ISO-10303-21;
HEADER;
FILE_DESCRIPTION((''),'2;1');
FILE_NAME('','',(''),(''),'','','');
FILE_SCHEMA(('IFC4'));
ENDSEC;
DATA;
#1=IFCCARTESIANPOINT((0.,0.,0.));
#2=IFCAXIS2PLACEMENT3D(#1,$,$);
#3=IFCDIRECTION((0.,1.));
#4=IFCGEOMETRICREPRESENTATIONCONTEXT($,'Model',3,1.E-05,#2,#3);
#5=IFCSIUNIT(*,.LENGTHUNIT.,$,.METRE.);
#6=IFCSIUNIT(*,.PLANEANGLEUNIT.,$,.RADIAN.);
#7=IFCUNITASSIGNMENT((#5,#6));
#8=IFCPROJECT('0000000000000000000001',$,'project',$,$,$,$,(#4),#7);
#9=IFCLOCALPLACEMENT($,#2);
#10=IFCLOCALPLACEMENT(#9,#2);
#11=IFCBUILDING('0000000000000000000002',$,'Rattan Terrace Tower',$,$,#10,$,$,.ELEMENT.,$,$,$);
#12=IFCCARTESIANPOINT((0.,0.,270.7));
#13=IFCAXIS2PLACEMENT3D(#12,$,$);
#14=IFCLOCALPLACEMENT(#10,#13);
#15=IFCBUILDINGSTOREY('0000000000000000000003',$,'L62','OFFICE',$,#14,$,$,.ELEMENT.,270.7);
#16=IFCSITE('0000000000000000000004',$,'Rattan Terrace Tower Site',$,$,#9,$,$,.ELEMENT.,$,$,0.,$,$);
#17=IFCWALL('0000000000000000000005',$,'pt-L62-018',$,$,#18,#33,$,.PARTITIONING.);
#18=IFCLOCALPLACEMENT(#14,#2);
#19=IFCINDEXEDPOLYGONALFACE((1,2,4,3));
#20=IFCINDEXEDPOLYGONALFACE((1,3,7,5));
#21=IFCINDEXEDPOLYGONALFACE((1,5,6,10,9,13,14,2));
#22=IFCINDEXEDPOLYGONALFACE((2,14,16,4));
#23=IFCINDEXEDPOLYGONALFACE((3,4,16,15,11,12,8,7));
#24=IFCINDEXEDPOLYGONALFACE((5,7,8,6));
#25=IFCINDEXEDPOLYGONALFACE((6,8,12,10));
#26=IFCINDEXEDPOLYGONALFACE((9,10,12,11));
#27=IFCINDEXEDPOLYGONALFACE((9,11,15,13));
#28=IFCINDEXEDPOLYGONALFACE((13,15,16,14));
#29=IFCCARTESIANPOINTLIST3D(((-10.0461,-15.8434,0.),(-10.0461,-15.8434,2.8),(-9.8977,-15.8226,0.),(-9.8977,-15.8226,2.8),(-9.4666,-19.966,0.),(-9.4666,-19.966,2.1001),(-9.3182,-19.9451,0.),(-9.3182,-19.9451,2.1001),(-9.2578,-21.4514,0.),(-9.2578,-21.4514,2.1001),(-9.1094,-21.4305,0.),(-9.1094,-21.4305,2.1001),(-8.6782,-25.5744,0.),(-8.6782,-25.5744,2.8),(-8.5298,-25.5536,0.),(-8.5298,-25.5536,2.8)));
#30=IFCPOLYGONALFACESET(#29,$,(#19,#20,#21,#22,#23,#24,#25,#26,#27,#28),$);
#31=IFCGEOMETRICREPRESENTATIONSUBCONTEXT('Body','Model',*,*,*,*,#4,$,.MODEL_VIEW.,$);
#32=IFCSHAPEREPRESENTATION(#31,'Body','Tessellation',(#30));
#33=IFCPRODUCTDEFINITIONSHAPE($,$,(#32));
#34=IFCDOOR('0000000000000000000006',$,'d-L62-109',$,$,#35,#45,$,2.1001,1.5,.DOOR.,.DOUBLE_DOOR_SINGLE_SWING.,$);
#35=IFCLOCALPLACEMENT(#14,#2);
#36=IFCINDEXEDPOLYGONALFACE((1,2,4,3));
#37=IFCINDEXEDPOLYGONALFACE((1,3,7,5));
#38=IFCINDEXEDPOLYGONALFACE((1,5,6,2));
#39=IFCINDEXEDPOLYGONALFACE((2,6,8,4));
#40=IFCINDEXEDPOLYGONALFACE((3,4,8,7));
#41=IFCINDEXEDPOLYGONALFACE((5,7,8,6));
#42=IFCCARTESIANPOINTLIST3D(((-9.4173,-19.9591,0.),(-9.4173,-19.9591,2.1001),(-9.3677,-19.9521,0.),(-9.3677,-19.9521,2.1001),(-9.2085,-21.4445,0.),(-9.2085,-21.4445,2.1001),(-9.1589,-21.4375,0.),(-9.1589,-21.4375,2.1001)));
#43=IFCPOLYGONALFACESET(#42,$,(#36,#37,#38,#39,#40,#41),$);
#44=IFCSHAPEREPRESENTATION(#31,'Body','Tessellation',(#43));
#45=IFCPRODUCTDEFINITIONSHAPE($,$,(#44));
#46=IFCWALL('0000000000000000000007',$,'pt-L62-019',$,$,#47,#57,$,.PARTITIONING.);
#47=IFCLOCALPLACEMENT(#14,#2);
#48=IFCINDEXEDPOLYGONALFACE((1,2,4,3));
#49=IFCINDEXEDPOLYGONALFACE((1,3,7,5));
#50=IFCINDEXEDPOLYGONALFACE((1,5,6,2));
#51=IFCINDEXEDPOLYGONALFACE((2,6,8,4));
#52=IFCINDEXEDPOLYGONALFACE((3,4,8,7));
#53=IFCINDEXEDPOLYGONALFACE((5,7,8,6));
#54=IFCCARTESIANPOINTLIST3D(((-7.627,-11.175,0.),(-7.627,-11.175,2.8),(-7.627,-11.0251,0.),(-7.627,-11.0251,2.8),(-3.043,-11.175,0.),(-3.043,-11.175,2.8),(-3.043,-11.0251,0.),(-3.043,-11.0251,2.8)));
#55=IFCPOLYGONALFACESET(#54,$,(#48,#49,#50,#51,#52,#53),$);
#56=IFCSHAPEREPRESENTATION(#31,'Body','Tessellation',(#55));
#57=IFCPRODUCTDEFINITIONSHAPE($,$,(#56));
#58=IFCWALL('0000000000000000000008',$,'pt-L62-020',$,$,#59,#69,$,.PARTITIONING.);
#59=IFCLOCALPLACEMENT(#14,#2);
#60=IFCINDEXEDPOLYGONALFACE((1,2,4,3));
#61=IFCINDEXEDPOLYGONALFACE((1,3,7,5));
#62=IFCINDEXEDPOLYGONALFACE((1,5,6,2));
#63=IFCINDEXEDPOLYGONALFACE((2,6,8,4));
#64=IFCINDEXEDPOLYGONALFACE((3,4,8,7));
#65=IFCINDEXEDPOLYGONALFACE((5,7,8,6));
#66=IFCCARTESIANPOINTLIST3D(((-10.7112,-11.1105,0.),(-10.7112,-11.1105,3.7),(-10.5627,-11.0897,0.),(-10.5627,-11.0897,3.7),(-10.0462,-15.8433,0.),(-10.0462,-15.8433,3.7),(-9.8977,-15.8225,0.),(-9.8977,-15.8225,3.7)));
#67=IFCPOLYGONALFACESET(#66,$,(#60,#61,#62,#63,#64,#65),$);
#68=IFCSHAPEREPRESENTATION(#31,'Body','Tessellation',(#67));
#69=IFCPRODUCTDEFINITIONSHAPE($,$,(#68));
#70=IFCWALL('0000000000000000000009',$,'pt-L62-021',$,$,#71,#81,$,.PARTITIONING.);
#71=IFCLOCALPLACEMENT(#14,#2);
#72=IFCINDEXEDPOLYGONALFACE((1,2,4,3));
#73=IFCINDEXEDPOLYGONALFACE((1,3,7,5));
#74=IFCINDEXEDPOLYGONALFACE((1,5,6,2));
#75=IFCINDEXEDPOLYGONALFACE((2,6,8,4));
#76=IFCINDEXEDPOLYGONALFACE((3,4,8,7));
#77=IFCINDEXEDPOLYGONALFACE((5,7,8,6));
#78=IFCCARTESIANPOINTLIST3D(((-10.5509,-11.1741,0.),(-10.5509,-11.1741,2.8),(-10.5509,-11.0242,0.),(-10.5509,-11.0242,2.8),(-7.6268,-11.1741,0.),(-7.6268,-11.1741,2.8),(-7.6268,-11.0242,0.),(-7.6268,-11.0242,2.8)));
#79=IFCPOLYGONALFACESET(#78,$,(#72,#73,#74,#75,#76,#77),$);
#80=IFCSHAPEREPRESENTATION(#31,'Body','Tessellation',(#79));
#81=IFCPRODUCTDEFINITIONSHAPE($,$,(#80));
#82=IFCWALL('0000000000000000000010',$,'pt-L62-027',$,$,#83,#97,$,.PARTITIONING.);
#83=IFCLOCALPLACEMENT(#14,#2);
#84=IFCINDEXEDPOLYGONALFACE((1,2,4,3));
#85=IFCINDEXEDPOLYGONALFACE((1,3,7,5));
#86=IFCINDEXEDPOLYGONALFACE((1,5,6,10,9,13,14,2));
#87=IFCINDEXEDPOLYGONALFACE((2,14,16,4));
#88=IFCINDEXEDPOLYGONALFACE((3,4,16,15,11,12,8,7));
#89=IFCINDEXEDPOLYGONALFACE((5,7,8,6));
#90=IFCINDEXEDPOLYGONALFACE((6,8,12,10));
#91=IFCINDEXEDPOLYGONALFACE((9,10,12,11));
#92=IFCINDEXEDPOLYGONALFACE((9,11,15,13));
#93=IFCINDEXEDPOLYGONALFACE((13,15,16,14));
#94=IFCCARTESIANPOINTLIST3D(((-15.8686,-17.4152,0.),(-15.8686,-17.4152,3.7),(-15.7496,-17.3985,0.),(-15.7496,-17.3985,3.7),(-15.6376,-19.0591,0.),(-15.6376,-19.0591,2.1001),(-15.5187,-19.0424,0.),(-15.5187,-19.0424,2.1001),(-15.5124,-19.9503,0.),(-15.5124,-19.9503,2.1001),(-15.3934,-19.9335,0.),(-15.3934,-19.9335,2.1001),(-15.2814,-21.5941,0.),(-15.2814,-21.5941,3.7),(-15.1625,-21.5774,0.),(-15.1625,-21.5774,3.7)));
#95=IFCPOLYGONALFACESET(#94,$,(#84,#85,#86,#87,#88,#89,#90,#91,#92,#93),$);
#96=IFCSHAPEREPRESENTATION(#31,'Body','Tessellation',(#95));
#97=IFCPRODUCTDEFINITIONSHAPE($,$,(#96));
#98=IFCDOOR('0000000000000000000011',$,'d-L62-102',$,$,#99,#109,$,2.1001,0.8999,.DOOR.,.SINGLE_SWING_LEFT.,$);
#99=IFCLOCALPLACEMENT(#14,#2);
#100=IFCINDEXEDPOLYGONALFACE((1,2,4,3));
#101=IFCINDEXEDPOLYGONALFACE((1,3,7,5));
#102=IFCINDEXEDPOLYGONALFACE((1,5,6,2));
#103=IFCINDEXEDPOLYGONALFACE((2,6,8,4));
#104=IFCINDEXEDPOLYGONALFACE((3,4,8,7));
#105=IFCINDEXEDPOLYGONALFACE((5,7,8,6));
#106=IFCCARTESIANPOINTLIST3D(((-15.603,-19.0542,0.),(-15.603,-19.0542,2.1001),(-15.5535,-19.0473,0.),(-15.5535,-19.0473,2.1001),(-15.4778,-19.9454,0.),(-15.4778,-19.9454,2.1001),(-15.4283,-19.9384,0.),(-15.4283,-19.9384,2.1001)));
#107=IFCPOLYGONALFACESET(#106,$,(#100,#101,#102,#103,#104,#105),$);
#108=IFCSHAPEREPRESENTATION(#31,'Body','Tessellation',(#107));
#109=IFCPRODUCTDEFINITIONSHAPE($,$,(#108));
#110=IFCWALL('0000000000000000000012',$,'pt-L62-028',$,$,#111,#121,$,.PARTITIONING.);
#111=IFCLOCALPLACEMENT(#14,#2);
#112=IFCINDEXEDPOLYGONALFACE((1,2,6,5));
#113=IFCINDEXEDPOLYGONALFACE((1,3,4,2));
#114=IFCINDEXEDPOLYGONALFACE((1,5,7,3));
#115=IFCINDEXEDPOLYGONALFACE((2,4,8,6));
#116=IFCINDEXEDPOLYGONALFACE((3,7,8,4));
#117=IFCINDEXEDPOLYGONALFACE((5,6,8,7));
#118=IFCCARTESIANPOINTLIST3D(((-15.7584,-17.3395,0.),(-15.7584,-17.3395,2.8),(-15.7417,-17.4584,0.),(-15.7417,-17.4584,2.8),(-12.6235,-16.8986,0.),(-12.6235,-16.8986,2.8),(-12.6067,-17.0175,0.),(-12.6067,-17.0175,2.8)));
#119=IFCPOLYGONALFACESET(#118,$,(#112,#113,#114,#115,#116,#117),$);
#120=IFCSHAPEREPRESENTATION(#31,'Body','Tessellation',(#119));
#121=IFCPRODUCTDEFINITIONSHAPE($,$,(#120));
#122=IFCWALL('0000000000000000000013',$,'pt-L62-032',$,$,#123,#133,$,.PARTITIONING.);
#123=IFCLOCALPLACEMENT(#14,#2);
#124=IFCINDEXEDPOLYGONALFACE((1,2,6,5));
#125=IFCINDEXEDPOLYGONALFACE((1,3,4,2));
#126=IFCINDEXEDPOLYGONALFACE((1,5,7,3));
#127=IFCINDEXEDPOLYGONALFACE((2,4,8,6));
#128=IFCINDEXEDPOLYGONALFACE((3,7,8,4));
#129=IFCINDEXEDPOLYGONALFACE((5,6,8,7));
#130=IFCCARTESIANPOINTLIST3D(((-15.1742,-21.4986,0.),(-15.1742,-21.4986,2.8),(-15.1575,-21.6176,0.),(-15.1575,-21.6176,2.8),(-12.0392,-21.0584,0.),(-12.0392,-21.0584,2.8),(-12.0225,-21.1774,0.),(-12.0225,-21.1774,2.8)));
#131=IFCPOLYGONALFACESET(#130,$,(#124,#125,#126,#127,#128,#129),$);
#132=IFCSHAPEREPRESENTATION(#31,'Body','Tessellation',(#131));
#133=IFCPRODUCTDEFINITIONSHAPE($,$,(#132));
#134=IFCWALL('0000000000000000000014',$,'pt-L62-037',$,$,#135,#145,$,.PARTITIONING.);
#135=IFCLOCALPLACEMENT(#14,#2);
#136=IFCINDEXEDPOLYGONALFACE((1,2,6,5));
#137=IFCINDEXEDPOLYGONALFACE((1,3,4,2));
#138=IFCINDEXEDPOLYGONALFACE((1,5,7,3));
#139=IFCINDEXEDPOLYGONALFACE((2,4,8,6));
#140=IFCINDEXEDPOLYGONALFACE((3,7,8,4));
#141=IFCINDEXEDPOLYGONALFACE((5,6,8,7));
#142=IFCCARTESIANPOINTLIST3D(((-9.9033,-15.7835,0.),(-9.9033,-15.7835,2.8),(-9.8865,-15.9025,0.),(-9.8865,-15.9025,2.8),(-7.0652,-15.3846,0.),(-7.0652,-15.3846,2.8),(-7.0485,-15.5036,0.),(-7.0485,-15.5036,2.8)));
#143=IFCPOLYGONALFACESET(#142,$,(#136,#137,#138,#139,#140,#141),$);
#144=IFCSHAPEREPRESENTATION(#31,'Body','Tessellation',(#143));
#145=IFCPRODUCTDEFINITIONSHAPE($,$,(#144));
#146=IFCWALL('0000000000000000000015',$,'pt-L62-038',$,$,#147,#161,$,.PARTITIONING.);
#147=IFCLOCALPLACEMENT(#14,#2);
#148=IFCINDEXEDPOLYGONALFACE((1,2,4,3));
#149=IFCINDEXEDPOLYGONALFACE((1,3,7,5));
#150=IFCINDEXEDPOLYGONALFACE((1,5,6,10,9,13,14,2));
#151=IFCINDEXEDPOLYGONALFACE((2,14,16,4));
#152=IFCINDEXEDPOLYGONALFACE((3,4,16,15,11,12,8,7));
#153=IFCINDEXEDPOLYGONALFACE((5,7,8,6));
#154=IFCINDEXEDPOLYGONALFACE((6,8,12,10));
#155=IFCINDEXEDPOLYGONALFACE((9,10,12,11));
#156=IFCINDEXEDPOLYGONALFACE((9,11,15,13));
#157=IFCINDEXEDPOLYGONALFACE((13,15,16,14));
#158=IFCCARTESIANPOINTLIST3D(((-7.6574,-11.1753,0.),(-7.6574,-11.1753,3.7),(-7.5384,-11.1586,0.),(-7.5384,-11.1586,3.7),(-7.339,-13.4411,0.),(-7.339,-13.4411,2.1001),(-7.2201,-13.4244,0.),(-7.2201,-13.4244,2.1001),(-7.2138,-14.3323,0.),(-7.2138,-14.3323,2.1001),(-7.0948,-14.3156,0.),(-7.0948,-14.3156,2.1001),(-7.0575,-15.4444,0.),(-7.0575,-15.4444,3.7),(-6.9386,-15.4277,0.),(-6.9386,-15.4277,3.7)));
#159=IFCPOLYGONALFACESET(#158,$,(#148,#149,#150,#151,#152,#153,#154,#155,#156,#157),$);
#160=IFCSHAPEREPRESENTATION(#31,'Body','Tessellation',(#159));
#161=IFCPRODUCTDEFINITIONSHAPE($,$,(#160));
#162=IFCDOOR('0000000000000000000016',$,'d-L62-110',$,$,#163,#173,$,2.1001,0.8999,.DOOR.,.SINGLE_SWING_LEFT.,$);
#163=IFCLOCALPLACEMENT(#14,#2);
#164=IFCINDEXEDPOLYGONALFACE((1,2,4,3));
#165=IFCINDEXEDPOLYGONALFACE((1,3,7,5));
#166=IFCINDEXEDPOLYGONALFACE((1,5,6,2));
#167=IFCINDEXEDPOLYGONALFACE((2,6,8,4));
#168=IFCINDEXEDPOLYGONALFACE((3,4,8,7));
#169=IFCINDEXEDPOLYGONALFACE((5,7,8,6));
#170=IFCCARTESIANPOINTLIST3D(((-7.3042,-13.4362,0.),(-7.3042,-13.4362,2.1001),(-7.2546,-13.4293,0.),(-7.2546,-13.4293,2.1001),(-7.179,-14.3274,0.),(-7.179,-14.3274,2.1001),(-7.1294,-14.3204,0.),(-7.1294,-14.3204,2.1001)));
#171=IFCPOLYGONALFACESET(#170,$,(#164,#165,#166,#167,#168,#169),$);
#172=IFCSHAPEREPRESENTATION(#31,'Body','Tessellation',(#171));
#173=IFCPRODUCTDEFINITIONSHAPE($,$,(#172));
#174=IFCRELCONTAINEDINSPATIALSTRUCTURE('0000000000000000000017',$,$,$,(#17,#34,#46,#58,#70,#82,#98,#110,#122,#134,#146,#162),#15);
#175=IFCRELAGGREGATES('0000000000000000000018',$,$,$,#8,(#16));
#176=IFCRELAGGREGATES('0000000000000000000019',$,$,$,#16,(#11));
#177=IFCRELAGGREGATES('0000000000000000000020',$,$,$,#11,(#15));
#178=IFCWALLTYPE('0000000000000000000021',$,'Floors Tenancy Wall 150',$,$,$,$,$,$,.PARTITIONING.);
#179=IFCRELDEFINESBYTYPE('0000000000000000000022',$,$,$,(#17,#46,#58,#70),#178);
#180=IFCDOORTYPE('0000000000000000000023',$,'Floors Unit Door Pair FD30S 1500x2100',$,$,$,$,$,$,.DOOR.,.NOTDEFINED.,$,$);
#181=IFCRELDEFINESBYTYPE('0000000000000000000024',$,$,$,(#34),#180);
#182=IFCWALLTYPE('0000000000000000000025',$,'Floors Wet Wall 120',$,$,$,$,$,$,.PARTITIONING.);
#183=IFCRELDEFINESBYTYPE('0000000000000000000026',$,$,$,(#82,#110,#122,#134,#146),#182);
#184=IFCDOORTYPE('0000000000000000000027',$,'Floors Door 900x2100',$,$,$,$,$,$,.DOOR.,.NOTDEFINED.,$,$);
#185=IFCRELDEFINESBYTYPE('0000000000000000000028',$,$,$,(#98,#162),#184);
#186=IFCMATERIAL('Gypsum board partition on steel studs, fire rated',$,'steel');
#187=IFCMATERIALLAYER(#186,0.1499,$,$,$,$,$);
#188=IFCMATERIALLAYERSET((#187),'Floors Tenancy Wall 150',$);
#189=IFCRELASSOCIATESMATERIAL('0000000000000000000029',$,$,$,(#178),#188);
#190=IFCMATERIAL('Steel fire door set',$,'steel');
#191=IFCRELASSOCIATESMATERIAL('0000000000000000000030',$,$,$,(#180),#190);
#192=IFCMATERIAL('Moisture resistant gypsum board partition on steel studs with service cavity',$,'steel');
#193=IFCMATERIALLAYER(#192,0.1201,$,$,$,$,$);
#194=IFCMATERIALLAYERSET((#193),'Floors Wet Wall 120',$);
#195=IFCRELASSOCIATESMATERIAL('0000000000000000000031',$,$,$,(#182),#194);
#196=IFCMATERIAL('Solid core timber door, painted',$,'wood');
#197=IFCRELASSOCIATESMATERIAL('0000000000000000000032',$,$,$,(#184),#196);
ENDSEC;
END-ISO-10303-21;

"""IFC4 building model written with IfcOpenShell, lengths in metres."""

from ifc_helpers import new_model, si_unit, direction, frame, frame_2d, origin, place, context, subcontext, project, spatial, rectangle, extrude, material, layer, layer_set, type_object, element, fill, save


model = new_model("IFC4")

# Units and contexts
model_context = context("Model", 3, precision=1e-05, world=origin(), true_north=direction((0.0, 1.0)))
body_context = subcontext(model_context, "Body", "Model", "MODEL_VIEW")
ifc_project = project(units=[si_unit("LENGTHUNIT", "METRE"), si_unit("PLANEANGLEUNIT", "RADIAN")], contexts=[model_context])

# Site, building, storey
site_placement = place(None, origin())
site = spatial("IfcSite", under=ifc_project, at=site_placement, Name="Rattan Terrace Tower Site", CompositionType="ELEMENT", RefElevation=0.0)
building_placement = place(site_placement, origin())
building = spatial("IfcBuilding", under=site, at=building_placement, Name="Rattan Terrace Tower", CompositionType="ELEMENT")
storey_placement = place(building_placement, frame((0.0, 0.0, 270.7)))
storey = spatial("IfcBuildingStorey", under=building, at=storey_placement, Name="L62", Description="OFFICE", CompositionType="ELEMENT", Elevation=270.7)

# Shared definitions
ifc_material_1 = material(Name="Gypsum board partition on steel studs, fire rated", Category="steel")
ifc_layer_1 = layer(ifc_material_1, 0.1499)
ifc_layer_set_1 = layer_set([ifc_layer_1], Name="Floors Tenancy Wall 150")
wall_type_1 = type_object("IfcWallType", Name="Floors Tenancy Wall 150", PredefinedType="PARTITIONING", material=ifc_layer_set_1)

# Wall, opening, door
wall_1_placement = place(storey_placement, frame((-9.9719, -15.833, 0.0), z_axis=(0.0, 0.0, 1.0), x_axis=(0.139205, -0.990264, 0.0)))
wall_1 = element("IfcWall", 1, at=wall_1_placement, inside=storey, type_object=wall_type_1, Name="pt-L62-018", PredefinedType="PARTITIONING", context=body_context, shape_type="SweptSolid", body=[
    extrude(rectangle(XDim=9.8267, YDim=0.1499, at=frame_2d((4.9133, 0.0))), origin(), (0.0, 0.0, 1.0), 2.8),
])
opening_1_placement = place(wall_1_placement, frame((4.1631, 0.0, 0.0)))
opening_1 = element("IfcOpeningElement", 2, at=opening_1_placement, cuts=wall_1, PredefinedType="OPENING", context=body_context, shape_type="SweptSolid", body=[
    extrude(rectangle(XDim=1.5, YDim=2.1001, at=frame_2d((0.75, 1.05))), frame((0.0, 0.0854, 0.0), z_axis=(0.0, -1.0, 0.0), x_axis=(1.0, 0.0, 0.0)), (0.0, 0.0, 1.0), 0.1709),
])
ifc_material_2 = material(Name="Steel fire door set", Category="steel")
door_type_1 = type_object("IfcDoorType", Name="Floors Unit Door Pair FD30S 1500x2100", OperationType="NOTDEFINED", PredefinedType="DOOR", material=ifc_material_2)
door_1_placement = place(opening_1_placement, origin())
door_1 = element("IfcDoor", 3, at=door_1_placement, inside=storey, type_object=door_type_1, Name="d-L62-109", OperationType="DOUBLE_DOOR_SINGLE_SWING", OverallHeight=2.1001, OverallWidth=1.5, PredefinedType="DOOR", context=body_context, shape_type="SweptSolid", body=[
    extrude(rectangle(XDim=1.5, YDim=2.1001, at=frame_2d((0.75, 1.05))), frame((0.0, 0.0249, 0.0), z_axis=(0.0, -1.0, 0.0), x_axis=(1.0, 0.0, 0.0)), (0.0, 0.0, 1.0), 0.05),
])
fill(opening_1, door_1)

# Walls
wall_2_placement = place(storey_placement, frame((-3.043, -11.1001, 0.0), z_axis=(0.0, 0.0, 1.0), x_axis=(-1.0, 0.0, 0.0)))
element("IfcWall", 4, at=wall_2_placement, inside=storey, type_object=wall_type_1, Name="pt-L62-019", PredefinedType="PARTITIONING", context=body_context, shape_type="SweptSolid", body=[
    extrude(rectangle(XDim=4.584, YDim=0.1499, at=frame_2d((2.292, 0.0))), origin(), (0.0, 0.0, 1.0), 2.8),
])
wall_3_placement = place(storey_placement, frame((-10.637, -11.1001, 0.0), z_axis=(0.0, 0.0, 1.0), x_axis=(0.139147, -0.990272, 0.0)))
element("IfcWall", 5, at=wall_3_placement, inside=storey, type_object=wall_type_1, Name="pt-L62-020", PredefinedType="PARTITIONING", context=body_context, shape_type="SweptSolid", body=[
    extrude(rectangle(XDim=4.7793, YDim=0.1499, at=frame_2d((2.3896, 0.0))), origin(), (0.0, 0.0, 1.0), 3.7),
])
wall_4_placement = place(storey_placement, frame((-7.627, -11.0991, 0.0), z_axis=(0.0, 0.0, 1.0), x_axis=(-1.0, 0.0, 0.0)))
element("IfcWall", 6, at=wall_4_placement, inside=storey, type_object=wall_type_1, Name="pt-L62-021", PredefinedType="PARTITIONING", context=body_context, shape_type="SweptSolid", body=[
    extrude(rectangle(XDim=2.9241, YDim=0.1499, at=frame_2d((1.4619, 0.0))), origin(), (0.0, 0.0, 1.0), 2.8),
])

# Wall, opening, door
ifc_material_3 = material(Name="Moisture resistant gypsum board partition on steel studs with service cavity", Category="steel")
ifc_layer_2 = layer(ifc_material_3, 0.1201)
ifc_layer_set_2 = layer_set([ifc_layer_2], Name="Floors Wet Wall 120")
wall_type_2 = type_object("IfcWallType", Name="Floors Wet Wall 120", PredefinedType="PARTITIONING", material=ifc_layer_set_2)
wall_5_placement = place(storey_placement, frame((-15.8091, -17.407, 0.0), z_axis=(0.0, 0.0, 1.0), x_axis=(0.139137, -0.990273, 0.0)))
wall_5 = element("IfcWall", 7, at=wall_5_placement, inside=storey, type_object=wall_type_2, Name="pt-L62-027", PredefinedType="PARTITIONING", context=body_context, shape_type="SweptSolid", body=[
    extrude(rectangle(XDim=4.22, YDim=0.1201, at=frame_2d((2.1099, 0.0))), origin(), (0.0, 0.0, 1.0), 3.7),
])
opening_2_placement = place(wall_5_placement, frame((1.6599, 0.0, 0.0)))
opening_2 = element("IfcOpeningElement", 8, at=opening_2_placement, cuts=wall_5, PredefinedType="OPENING", context=body_context, shape_type="SweptSolid", body=[
    extrude(rectangle(XDim=0.8999, YDim=2.1001, at=frame_2d((0.45, 1.05))), frame((0.0, 0.0706, 0.0), z_axis=(0.0, -1.0, 0.0), x_axis=(1.0, 0.0, 0.0)), (0.0, 0.0, 1.0), 0.1411),
])
ifc_material_4 = material(Name="Solid core timber door, painted", Category="wood")
door_type_2 = type_object("IfcDoorType", Name="Floors Door 900x2100", OperationType="NOTDEFINED", PredefinedType="DOOR", material=ifc_material_4)
door_2_placement = place(opening_2_placement, origin())
door_2 = element("IfcDoor", 9, at=door_2_placement, inside=storey, type_object=door_type_2, Name="d-L62-102", OperationType="SINGLE_SWING_LEFT", OverallHeight=2.1001, OverallWidth=0.8999, PredefinedType="DOOR", context=body_context, shape_type="SweptSolid", body=[
    extrude(rectangle(XDim=0.8999, YDim=2.1001, at=frame_2d((0.45, 1.05))), frame((0.0, 0.0249, 0.0), z_axis=(0.0, -1.0, 0.0), x_axis=(1.0, 0.0, 0.0)), (0.0, 0.0, 1.0), 0.05),
])
fill(opening_2, door_2)

# Walls
for number, where, z_axis, x_axis, name in (
    (10, (-12.615, -16.958, 0.0), (0.0, 0.0, 1.0), (-0.990254, -0.139273, 0.0), "pt-L62-028"),
    (11, (-15.166, -21.5581, 0.0), (0.0, 0.0, 1.0), (0.990286, 0.139046, 0.0), "pt-L62-032"),
):
    element("IfcWall", number, at=place(storey_placement, frame(where, z_axis=z_axis, x_axis=x_axis)), inside=storey, type_object=wall_type_2, Name=name, PredefinedType="PARTITIONING", context=body_context, shape_type="SweptSolid", body=[
        extrude(rectangle(XDim=3.1658, YDim=0.1201, at=frame_2d((1.583, 0.0))), origin(), (0.0, 0.0, 1.0), 2.8),
    ])
wall_6_placement = place(storey_placement, frame((-9.895, -15.843, 0.0), z_axis=(0.0, 0.0, 1.0), x_axis=(0.990266, 0.139191, 0.0)))
element("IfcWall", 12, at=wall_6_placement, inside=storey, type_object=wall_type_2, Name="pt-L62-037", PredefinedType="PARTITIONING", context=body_context, shape_type="SweptSolid", body=[
    extrude(rectangle(XDim=2.866, YDim=0.1201, at=frame_2d((1.4331, 0.0))), origin(), (0.0, 0.0, 1.0), 2.8),
])

# Wall, opening, door
wall_7_placement = place(storey_placement, frame((-6.998, -15.436, 0.0), z_axis=(0.0, 0.0, 1.0), x_axis=(-0.139145, 0.990272, 0.0)))
wall_7 = element("IfcWall", 13, at=wall_7_placement, inside=storey, type_object=wall_type_2, Name="pt-L62-038", PredefinedType="PARTITIONING", context=body_context, shape_type="SweptSolid", body=[
    extrude(rectangle(XDim=4.311, YDim=0.1201, at=frame_2d((2.1555, 0.0))), origin(), (0.0, 0.0, 1.0), 3.7),
])
opening_3_placement = place(wall_7_placement, frame((1.123, 0.0, 0.0)))
opening_3 = element("IfcOpeningElement", 14, at=opening_3_placement, cuts=wall_7, PredefinedType="OPENING", context=body_context, shape_type="SweptSolid", body=[
    extrude(rectangle(XDim=0.8999, YDim=2.1001, at=frame_2d((0.45, 1.05))), frame((0.0, 0.0706, 0.0), z_axis=(0.0, -1.0, 0.0), x_axis=(1.0, 0.0, 0.0)), (0.0, 0.0, 1.0), 0.1411),
])
door_3_placement = place(opening_3_placement, origin())
door_3 = element("IfcDoor", 15, at=door_3_placement, inside=storey, type_object=door_type_2, Name="d-L62-110", OperationType="SINGLE_SWING_LEFT", OverallHeight=2.1001, OverallWidth=0.8999, PredefinedType="DOOR", context=body_context, shape_type="SweptSolid", body=[
    extrude(rectangle(XDim=0.8999, YDim=2.1001, at=frame_2d((0.45, 1.05))), frame((0.0, 0.0249, 0.0), z_axis=(0.0, -1.0, 0.0), x_axis=(1.0, 0.0, 0.0)), (0.0, 0.0, 1.0), 0.05),
])
fill(opening_3, door_3)

save(model, "model.ifc")
